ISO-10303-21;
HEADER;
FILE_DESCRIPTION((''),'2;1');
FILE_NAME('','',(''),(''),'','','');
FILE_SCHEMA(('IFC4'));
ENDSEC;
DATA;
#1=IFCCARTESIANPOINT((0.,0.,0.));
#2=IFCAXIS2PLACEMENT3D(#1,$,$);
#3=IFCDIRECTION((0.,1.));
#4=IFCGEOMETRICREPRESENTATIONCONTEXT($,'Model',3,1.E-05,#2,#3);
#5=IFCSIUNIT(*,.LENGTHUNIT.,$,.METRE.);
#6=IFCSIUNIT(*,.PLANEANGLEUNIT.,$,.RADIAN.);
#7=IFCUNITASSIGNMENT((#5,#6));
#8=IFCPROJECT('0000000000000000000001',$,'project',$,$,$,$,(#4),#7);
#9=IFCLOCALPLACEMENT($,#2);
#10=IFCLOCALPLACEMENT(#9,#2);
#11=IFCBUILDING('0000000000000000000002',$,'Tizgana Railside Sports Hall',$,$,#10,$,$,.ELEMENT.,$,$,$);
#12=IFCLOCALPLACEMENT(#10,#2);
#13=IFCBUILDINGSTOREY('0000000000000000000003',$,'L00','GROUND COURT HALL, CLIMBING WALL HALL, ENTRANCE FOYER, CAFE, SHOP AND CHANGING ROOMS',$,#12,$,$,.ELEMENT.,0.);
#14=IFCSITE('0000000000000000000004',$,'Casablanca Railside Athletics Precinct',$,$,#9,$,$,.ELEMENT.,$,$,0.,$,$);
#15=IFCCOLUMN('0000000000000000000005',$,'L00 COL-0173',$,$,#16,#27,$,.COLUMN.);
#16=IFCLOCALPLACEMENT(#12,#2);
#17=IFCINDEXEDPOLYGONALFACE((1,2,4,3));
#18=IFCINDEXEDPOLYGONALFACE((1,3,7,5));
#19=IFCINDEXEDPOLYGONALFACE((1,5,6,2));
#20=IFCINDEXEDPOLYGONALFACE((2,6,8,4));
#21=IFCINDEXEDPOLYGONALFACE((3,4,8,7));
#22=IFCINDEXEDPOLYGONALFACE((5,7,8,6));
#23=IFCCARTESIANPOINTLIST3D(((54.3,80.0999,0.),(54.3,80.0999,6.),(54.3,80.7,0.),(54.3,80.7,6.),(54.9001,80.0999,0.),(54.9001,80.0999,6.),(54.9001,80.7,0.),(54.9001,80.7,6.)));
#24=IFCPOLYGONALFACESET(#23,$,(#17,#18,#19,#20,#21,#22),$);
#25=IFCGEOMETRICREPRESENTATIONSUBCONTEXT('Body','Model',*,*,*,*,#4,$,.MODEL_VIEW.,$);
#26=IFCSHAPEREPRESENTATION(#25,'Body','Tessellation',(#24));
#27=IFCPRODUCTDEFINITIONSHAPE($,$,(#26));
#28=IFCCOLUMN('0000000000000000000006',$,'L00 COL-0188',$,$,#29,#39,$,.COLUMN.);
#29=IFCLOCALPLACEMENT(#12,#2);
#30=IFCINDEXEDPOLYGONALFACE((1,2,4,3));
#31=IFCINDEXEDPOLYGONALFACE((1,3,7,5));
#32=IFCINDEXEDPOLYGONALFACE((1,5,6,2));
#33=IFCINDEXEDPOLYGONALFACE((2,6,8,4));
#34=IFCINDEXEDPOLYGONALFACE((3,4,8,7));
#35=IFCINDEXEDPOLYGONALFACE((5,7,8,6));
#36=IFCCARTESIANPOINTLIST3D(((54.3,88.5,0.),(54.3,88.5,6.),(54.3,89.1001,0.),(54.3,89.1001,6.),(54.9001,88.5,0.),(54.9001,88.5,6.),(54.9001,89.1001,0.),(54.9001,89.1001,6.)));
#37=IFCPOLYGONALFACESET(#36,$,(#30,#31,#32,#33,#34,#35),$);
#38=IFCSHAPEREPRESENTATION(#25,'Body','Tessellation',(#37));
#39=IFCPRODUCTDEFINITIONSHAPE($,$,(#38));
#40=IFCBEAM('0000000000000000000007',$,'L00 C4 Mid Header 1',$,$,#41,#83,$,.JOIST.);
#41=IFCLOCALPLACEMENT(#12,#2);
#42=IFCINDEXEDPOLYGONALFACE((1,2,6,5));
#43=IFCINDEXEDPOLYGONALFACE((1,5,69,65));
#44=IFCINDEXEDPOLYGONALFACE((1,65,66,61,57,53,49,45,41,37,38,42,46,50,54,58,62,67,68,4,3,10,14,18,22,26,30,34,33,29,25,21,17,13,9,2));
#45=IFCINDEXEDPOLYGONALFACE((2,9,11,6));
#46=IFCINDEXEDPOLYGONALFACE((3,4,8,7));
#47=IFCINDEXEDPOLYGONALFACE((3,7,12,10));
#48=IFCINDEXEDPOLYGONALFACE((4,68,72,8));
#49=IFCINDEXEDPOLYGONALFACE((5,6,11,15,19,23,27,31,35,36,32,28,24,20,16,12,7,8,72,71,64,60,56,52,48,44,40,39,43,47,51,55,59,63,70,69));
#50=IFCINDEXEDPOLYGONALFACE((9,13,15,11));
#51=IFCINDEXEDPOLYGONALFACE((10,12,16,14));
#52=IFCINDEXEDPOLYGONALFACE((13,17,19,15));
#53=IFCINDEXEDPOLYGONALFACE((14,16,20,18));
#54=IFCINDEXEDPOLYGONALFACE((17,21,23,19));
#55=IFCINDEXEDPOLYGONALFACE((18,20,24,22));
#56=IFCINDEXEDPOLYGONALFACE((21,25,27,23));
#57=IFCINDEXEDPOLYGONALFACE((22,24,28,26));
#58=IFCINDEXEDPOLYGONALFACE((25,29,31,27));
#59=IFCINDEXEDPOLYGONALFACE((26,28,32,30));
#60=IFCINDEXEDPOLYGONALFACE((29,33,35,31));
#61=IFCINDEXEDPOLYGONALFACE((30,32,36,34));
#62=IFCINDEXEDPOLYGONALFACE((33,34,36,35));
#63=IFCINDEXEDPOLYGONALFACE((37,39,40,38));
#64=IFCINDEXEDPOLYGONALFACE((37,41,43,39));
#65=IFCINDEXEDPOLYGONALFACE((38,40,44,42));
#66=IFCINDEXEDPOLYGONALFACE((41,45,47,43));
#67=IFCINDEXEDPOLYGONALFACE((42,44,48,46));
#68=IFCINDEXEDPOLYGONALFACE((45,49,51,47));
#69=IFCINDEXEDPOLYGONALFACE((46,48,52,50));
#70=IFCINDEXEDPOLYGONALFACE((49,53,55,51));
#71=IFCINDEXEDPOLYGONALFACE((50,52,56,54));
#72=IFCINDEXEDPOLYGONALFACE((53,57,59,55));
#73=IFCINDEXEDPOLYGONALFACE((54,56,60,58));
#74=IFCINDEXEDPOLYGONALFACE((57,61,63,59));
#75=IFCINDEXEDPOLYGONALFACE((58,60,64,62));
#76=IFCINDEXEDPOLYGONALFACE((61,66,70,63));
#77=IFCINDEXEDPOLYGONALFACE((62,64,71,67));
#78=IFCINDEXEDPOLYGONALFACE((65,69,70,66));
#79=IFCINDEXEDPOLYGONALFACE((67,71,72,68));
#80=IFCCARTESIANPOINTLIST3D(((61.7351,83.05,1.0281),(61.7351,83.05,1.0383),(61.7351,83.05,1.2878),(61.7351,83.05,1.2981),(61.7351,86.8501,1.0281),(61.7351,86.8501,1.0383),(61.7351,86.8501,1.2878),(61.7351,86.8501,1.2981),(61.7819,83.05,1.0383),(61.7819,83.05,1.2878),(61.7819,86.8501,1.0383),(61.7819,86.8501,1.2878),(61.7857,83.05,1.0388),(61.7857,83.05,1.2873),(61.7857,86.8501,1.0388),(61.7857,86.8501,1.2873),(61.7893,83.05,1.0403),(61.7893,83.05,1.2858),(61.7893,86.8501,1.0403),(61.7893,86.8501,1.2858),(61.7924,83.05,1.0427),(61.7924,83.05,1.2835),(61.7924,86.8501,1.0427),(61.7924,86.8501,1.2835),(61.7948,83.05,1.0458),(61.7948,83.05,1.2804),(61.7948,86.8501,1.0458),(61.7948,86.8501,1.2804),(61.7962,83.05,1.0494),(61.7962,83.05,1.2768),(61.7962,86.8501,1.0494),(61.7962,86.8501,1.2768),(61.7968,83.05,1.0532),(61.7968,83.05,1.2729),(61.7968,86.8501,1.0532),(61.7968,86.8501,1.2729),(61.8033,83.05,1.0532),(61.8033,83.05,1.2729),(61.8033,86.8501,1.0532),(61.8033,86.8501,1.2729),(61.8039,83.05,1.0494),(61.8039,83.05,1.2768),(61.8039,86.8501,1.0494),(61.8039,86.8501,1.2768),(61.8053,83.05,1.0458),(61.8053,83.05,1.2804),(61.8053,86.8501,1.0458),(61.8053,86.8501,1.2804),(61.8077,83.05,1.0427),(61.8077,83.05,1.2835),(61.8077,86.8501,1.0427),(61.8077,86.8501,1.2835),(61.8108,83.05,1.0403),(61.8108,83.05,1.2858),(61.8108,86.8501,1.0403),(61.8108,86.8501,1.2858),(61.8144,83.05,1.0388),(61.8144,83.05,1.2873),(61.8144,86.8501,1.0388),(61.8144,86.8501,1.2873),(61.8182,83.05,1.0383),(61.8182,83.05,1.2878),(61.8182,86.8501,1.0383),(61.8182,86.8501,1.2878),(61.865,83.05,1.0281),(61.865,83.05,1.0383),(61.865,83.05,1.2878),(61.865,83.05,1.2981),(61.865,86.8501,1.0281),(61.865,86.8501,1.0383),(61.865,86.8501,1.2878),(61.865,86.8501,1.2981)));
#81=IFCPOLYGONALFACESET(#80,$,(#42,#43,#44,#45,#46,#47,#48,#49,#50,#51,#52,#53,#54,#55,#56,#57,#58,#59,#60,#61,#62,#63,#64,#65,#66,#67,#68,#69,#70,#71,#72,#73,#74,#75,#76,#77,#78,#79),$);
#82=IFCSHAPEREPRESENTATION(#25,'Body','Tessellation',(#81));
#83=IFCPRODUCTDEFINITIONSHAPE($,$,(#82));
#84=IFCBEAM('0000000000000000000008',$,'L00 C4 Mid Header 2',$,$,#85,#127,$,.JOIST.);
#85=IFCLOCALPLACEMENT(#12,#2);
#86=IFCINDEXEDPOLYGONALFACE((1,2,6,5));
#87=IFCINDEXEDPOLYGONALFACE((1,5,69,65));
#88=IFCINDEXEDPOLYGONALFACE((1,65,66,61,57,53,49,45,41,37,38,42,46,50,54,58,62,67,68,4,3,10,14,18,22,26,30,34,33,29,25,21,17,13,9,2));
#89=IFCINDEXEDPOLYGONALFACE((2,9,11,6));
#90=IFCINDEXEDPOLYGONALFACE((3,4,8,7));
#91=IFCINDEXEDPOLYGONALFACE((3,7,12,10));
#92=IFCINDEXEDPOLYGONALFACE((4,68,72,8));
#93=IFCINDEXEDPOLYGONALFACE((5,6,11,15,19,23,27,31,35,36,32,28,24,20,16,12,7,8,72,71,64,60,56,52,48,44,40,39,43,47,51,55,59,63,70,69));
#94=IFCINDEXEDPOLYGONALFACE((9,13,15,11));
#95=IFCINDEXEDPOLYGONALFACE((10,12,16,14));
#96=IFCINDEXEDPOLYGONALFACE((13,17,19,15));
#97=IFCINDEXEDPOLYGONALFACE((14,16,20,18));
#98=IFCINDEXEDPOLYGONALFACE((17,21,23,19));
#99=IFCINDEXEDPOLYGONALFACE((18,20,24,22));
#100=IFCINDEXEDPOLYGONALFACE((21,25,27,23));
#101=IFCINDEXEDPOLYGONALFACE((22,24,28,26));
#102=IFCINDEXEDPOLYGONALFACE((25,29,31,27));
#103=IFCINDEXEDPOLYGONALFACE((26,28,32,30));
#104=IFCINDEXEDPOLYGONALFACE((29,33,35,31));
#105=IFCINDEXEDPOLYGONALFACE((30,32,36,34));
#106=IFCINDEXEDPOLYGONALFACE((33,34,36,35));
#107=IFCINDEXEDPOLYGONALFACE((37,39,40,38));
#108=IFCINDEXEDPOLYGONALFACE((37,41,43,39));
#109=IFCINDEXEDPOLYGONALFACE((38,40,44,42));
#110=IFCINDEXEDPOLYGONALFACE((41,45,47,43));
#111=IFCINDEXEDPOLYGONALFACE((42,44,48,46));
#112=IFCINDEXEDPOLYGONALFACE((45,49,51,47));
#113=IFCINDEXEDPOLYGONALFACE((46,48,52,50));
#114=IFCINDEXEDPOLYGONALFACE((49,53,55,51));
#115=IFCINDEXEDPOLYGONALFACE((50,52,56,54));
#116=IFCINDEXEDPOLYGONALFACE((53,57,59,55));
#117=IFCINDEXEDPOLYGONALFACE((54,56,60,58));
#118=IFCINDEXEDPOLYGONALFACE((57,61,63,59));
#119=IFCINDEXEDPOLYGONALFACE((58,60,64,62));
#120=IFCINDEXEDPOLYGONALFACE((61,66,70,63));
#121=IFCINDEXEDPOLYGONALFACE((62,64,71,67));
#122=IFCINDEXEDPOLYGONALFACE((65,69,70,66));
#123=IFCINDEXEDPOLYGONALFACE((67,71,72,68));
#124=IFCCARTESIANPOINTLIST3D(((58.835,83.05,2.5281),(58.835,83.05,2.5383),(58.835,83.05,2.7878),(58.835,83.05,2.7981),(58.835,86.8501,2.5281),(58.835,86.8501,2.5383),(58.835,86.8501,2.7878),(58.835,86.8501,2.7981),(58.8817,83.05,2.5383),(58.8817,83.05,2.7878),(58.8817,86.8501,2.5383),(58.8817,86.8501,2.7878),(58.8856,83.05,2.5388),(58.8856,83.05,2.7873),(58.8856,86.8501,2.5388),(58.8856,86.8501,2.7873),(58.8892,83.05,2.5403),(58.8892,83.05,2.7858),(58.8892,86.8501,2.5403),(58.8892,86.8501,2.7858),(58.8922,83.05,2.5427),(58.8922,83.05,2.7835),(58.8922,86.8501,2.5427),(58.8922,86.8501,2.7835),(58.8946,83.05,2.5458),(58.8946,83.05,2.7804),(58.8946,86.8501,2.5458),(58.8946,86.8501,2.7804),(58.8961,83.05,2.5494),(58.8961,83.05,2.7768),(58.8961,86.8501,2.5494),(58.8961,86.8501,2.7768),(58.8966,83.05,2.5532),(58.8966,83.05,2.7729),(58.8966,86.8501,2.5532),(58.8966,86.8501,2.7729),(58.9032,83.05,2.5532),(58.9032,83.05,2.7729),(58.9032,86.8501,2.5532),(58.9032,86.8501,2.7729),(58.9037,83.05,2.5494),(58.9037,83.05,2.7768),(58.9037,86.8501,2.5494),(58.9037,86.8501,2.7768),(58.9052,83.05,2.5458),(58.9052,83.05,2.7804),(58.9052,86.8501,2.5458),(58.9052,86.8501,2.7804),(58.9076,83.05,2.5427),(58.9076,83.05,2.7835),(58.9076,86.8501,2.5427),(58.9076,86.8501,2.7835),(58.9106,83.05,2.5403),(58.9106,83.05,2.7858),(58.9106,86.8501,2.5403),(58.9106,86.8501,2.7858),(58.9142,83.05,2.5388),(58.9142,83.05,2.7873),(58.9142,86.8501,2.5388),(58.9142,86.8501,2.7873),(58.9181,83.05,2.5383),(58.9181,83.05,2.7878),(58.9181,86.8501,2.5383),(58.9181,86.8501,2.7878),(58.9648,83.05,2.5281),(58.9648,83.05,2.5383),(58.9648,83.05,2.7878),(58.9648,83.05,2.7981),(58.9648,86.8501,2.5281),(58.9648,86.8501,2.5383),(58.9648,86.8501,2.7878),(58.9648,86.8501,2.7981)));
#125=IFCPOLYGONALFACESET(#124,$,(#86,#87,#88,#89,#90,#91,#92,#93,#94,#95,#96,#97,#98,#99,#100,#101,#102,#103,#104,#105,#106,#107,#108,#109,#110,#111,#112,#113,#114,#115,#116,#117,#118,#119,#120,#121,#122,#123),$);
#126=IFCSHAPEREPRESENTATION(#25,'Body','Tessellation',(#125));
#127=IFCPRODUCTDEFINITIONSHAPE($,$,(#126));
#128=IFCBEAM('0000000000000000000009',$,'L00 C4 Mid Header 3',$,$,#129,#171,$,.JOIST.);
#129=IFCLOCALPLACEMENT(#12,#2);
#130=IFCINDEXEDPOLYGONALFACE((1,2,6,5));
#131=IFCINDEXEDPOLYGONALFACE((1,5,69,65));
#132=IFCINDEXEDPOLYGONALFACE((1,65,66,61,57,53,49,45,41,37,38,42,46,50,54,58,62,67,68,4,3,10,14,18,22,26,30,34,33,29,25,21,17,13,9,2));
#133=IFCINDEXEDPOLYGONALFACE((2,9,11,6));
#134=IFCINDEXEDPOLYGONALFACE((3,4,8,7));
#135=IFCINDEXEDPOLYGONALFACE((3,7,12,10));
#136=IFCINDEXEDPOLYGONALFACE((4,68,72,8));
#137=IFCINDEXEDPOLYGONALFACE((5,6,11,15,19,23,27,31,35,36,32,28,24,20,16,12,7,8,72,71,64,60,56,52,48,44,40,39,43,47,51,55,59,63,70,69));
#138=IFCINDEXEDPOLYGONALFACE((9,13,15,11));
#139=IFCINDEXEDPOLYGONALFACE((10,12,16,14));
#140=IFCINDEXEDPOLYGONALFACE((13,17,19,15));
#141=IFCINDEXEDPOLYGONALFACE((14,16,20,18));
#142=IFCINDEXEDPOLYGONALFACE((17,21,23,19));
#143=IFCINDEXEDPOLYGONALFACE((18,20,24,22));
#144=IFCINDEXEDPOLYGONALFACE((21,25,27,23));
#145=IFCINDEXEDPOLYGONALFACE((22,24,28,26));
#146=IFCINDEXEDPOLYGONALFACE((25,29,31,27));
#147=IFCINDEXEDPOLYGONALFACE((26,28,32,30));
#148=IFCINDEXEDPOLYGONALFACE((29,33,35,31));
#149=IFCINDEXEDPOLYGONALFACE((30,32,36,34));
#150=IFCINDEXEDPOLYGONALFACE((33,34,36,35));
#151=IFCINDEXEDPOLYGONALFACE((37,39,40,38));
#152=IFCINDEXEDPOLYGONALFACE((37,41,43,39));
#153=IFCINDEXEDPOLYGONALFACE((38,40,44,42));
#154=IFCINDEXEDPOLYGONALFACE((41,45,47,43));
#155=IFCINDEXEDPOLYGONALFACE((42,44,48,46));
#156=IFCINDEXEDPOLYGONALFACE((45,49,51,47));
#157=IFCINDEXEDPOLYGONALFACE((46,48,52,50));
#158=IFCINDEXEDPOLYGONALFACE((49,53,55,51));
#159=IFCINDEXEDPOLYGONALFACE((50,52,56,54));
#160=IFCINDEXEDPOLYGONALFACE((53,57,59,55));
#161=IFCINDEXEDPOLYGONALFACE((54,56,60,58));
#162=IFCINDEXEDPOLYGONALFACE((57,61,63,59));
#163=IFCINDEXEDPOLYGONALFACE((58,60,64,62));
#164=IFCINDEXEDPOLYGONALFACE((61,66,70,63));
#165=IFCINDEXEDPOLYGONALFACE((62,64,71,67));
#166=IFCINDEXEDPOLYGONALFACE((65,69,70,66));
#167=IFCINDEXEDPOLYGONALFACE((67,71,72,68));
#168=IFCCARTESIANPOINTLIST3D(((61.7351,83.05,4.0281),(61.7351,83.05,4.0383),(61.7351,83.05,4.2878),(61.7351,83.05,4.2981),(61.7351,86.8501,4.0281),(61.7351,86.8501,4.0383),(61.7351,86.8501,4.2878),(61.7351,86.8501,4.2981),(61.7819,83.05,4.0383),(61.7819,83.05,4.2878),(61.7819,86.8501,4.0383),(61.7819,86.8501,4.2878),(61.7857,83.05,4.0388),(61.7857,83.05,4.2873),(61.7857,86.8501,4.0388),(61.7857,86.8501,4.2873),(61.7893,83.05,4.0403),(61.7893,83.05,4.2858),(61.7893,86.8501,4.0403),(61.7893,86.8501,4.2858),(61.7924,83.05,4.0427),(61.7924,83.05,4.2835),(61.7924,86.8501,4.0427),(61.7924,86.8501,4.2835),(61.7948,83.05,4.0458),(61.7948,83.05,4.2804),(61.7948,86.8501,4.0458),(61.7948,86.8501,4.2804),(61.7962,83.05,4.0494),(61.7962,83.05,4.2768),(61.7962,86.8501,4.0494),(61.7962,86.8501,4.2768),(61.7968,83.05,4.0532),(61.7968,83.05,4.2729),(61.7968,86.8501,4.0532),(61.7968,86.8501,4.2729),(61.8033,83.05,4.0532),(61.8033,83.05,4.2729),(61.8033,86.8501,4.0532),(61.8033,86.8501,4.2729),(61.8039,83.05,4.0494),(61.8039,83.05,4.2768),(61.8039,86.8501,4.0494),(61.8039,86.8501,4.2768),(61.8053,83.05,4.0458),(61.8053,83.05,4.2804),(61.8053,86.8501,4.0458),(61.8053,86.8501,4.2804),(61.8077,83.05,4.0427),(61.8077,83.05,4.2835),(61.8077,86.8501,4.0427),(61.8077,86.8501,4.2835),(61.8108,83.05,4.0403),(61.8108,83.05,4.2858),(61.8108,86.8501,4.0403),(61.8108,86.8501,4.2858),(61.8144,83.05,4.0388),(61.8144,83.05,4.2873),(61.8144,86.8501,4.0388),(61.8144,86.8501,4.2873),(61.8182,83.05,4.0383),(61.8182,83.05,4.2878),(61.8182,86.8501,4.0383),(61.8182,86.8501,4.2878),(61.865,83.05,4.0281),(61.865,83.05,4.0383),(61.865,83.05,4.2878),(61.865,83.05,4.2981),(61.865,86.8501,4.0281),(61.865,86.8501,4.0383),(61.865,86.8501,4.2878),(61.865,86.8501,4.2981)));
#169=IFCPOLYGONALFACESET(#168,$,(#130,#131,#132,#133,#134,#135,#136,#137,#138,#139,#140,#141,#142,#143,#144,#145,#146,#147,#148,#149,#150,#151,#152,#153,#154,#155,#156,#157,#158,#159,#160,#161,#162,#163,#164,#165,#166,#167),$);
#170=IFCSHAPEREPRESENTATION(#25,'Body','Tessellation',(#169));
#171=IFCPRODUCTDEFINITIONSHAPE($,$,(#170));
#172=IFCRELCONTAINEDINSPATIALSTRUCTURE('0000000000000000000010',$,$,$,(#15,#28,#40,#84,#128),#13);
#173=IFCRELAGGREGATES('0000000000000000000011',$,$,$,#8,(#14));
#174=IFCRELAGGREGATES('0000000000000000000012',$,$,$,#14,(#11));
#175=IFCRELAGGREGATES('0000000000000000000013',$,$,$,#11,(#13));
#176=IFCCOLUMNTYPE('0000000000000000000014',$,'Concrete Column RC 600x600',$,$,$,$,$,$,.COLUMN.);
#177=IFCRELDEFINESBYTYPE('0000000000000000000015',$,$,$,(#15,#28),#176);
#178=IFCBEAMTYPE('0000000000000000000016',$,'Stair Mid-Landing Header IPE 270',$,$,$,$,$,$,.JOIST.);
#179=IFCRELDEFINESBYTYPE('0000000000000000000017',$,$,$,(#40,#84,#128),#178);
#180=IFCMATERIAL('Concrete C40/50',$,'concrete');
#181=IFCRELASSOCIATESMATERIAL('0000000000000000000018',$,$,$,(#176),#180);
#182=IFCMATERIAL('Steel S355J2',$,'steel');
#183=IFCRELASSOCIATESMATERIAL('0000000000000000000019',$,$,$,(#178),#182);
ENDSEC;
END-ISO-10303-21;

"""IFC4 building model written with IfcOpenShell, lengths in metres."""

from ifc_helpers import new_model, si_unit, direction, frame, origin, origin_2d, place, context, subcontext, project, spatial, rectangle, i_section, extrude, material, material_profile, profile_set, type_object, element, save


model = new_model("IFC4")

# Units and contexts
model_context = context("Model", 3, precision=1e-05, world=origin(), true_north=direction((0.0, 1.0)))
body_context = subcontext(model_context, "Body", "Model", "MODEL_VIEW")
ifc_project = project(units=[si_unit("LENGTHUNIT", "METRE"), si_unit("PLANEANGLEUNIT", "RADIAN")], contexts=[model_context])

# Site, building, storey
site_placement = place(None, origin())
site = spatial("IfcSite", under=ifc_project, at=site_placement, Name="Casablanca Railside Athletics Precinct", CompositionType="ELEMENT", RefElevation=0.0)
building_placement = place(site_placement, origin())
building = spatial("IfcBuilding", under=site, at=building_placement, Name="Tizgana Railside Sports Hall", CompositionType="ELEMENT")
storey_placement = place(building_placement, origin())
storey = spatial("IfcBuildingStorey", under=building, at=storey_placement, Name="L00", Description="GROUND COURT HALL, CLIMBING WALL HALL, ENTRANCE FOYER, CAFE, SHOP AND CHANGING ROOMS", CompositionType="ELEMENT", Elevation=0.0)

# Columns
ifc_material_1 = material(Name="Concrete C40/50", Category="concrete")
ifc_material_profile_1 = material_profile(ifc_material_1, rectangle(XDim=0.6001, YDim=0.6001, at=origin_2d()), Name="RC 600x600")
ifc_profile_set_1 = profile_set([ifc_material_profile_1], Name="Concrete C40/50")
column_type = type_object("IfcColumnType", Name="Concrete Column RC 600x600", PredefinedType="COLUMN", material=ifc_profile_set_1)
for number, where, z_axis, x_axis, name in (
    (1, (54.6001, 80.3999, 0.0), (0.0, 0.0, 1.0), (1.0, 0.0, 0.0), "L00 COL-0173"),
    (2, (54.6001, 88.8, 0.0), (0.0, 0.0, 1.0), (1.0, 0.0, 0.0), "L00 COL-0188"),
):
    element("IfcColumn", number, at=place(storey_placement, frame(where, z_axis=z_axis, x_axis=x_axis)), inside=storey, type_object=column_type, Name=name, PredefinedType="COLUMN", context=body_context, shape_type="SweptSolid", body=[
        extrude(rectangle(XDim=0.6001, YDim=0.6001, at=origin_2d()), origin(), (0.0, 0.0, 1.0), 6.0),
    ])

# Beams
ifc_material_2 = material(Name="Steel S355J2", Category="steel")
ifc_material_profile_2 = material_profile(ifc_material_2, i_section(OverallWidth=0.1299, OverallDepth=0.27, WebThickness=0.0066, FlangeThickness=0.0103, FilletRadius=0.0149, at=origin_2d()), Name="IPE 270")
ifc_profile_set_2 = profile_set([ifc_material_profile_2], Name="Steel S355J2")
beam_type_1 = type_object("IfcBeamType", Name="Stair Mid-Landing Header IPE 270", PredefinedType="JOIST", material=ifc_profile_set_2)
for number, where, z_axis, x_axis, name in (
    (3, (61.8, 83.05, 1.1631), (0.0, 1.0, 0.0), (-1.0, 0.0, 0.0), "L00 C4 Mid Header 1"),
    (4, (58.8999, 83.05, 2.6631), (0.0, 1.0, 0.0), (-1.0, 0.0, 0.0), "L00 C4 Mid Header 2"),
    (5, (61.8, 83.05, 4.1631), (0.0, 1.0, 0.0), (-1.0, 0.0, 0.0), "L00 C4 Mid Header 3"),
):
    element("IfcBeam", number, at=place(storey_placement, frame(where, z_axis=z_axis, x_axis=x_axis)), inside=storey, type_object=beam_type_1, Name=name, PredefinedType="JOIST", context=body_context, shape_type="SweptSolid", body=[
        extrude(i_section(OverallWidth=0.1299, OverallDepth=0.27, WebThickness=0.0066, FlangeThickness=0.0103, FilletRadius=0.0149, at=origin_2d()), origin(), (0.0, 0.0, 1.0), 3.8),
    ])

save(model, "model.ifc")
